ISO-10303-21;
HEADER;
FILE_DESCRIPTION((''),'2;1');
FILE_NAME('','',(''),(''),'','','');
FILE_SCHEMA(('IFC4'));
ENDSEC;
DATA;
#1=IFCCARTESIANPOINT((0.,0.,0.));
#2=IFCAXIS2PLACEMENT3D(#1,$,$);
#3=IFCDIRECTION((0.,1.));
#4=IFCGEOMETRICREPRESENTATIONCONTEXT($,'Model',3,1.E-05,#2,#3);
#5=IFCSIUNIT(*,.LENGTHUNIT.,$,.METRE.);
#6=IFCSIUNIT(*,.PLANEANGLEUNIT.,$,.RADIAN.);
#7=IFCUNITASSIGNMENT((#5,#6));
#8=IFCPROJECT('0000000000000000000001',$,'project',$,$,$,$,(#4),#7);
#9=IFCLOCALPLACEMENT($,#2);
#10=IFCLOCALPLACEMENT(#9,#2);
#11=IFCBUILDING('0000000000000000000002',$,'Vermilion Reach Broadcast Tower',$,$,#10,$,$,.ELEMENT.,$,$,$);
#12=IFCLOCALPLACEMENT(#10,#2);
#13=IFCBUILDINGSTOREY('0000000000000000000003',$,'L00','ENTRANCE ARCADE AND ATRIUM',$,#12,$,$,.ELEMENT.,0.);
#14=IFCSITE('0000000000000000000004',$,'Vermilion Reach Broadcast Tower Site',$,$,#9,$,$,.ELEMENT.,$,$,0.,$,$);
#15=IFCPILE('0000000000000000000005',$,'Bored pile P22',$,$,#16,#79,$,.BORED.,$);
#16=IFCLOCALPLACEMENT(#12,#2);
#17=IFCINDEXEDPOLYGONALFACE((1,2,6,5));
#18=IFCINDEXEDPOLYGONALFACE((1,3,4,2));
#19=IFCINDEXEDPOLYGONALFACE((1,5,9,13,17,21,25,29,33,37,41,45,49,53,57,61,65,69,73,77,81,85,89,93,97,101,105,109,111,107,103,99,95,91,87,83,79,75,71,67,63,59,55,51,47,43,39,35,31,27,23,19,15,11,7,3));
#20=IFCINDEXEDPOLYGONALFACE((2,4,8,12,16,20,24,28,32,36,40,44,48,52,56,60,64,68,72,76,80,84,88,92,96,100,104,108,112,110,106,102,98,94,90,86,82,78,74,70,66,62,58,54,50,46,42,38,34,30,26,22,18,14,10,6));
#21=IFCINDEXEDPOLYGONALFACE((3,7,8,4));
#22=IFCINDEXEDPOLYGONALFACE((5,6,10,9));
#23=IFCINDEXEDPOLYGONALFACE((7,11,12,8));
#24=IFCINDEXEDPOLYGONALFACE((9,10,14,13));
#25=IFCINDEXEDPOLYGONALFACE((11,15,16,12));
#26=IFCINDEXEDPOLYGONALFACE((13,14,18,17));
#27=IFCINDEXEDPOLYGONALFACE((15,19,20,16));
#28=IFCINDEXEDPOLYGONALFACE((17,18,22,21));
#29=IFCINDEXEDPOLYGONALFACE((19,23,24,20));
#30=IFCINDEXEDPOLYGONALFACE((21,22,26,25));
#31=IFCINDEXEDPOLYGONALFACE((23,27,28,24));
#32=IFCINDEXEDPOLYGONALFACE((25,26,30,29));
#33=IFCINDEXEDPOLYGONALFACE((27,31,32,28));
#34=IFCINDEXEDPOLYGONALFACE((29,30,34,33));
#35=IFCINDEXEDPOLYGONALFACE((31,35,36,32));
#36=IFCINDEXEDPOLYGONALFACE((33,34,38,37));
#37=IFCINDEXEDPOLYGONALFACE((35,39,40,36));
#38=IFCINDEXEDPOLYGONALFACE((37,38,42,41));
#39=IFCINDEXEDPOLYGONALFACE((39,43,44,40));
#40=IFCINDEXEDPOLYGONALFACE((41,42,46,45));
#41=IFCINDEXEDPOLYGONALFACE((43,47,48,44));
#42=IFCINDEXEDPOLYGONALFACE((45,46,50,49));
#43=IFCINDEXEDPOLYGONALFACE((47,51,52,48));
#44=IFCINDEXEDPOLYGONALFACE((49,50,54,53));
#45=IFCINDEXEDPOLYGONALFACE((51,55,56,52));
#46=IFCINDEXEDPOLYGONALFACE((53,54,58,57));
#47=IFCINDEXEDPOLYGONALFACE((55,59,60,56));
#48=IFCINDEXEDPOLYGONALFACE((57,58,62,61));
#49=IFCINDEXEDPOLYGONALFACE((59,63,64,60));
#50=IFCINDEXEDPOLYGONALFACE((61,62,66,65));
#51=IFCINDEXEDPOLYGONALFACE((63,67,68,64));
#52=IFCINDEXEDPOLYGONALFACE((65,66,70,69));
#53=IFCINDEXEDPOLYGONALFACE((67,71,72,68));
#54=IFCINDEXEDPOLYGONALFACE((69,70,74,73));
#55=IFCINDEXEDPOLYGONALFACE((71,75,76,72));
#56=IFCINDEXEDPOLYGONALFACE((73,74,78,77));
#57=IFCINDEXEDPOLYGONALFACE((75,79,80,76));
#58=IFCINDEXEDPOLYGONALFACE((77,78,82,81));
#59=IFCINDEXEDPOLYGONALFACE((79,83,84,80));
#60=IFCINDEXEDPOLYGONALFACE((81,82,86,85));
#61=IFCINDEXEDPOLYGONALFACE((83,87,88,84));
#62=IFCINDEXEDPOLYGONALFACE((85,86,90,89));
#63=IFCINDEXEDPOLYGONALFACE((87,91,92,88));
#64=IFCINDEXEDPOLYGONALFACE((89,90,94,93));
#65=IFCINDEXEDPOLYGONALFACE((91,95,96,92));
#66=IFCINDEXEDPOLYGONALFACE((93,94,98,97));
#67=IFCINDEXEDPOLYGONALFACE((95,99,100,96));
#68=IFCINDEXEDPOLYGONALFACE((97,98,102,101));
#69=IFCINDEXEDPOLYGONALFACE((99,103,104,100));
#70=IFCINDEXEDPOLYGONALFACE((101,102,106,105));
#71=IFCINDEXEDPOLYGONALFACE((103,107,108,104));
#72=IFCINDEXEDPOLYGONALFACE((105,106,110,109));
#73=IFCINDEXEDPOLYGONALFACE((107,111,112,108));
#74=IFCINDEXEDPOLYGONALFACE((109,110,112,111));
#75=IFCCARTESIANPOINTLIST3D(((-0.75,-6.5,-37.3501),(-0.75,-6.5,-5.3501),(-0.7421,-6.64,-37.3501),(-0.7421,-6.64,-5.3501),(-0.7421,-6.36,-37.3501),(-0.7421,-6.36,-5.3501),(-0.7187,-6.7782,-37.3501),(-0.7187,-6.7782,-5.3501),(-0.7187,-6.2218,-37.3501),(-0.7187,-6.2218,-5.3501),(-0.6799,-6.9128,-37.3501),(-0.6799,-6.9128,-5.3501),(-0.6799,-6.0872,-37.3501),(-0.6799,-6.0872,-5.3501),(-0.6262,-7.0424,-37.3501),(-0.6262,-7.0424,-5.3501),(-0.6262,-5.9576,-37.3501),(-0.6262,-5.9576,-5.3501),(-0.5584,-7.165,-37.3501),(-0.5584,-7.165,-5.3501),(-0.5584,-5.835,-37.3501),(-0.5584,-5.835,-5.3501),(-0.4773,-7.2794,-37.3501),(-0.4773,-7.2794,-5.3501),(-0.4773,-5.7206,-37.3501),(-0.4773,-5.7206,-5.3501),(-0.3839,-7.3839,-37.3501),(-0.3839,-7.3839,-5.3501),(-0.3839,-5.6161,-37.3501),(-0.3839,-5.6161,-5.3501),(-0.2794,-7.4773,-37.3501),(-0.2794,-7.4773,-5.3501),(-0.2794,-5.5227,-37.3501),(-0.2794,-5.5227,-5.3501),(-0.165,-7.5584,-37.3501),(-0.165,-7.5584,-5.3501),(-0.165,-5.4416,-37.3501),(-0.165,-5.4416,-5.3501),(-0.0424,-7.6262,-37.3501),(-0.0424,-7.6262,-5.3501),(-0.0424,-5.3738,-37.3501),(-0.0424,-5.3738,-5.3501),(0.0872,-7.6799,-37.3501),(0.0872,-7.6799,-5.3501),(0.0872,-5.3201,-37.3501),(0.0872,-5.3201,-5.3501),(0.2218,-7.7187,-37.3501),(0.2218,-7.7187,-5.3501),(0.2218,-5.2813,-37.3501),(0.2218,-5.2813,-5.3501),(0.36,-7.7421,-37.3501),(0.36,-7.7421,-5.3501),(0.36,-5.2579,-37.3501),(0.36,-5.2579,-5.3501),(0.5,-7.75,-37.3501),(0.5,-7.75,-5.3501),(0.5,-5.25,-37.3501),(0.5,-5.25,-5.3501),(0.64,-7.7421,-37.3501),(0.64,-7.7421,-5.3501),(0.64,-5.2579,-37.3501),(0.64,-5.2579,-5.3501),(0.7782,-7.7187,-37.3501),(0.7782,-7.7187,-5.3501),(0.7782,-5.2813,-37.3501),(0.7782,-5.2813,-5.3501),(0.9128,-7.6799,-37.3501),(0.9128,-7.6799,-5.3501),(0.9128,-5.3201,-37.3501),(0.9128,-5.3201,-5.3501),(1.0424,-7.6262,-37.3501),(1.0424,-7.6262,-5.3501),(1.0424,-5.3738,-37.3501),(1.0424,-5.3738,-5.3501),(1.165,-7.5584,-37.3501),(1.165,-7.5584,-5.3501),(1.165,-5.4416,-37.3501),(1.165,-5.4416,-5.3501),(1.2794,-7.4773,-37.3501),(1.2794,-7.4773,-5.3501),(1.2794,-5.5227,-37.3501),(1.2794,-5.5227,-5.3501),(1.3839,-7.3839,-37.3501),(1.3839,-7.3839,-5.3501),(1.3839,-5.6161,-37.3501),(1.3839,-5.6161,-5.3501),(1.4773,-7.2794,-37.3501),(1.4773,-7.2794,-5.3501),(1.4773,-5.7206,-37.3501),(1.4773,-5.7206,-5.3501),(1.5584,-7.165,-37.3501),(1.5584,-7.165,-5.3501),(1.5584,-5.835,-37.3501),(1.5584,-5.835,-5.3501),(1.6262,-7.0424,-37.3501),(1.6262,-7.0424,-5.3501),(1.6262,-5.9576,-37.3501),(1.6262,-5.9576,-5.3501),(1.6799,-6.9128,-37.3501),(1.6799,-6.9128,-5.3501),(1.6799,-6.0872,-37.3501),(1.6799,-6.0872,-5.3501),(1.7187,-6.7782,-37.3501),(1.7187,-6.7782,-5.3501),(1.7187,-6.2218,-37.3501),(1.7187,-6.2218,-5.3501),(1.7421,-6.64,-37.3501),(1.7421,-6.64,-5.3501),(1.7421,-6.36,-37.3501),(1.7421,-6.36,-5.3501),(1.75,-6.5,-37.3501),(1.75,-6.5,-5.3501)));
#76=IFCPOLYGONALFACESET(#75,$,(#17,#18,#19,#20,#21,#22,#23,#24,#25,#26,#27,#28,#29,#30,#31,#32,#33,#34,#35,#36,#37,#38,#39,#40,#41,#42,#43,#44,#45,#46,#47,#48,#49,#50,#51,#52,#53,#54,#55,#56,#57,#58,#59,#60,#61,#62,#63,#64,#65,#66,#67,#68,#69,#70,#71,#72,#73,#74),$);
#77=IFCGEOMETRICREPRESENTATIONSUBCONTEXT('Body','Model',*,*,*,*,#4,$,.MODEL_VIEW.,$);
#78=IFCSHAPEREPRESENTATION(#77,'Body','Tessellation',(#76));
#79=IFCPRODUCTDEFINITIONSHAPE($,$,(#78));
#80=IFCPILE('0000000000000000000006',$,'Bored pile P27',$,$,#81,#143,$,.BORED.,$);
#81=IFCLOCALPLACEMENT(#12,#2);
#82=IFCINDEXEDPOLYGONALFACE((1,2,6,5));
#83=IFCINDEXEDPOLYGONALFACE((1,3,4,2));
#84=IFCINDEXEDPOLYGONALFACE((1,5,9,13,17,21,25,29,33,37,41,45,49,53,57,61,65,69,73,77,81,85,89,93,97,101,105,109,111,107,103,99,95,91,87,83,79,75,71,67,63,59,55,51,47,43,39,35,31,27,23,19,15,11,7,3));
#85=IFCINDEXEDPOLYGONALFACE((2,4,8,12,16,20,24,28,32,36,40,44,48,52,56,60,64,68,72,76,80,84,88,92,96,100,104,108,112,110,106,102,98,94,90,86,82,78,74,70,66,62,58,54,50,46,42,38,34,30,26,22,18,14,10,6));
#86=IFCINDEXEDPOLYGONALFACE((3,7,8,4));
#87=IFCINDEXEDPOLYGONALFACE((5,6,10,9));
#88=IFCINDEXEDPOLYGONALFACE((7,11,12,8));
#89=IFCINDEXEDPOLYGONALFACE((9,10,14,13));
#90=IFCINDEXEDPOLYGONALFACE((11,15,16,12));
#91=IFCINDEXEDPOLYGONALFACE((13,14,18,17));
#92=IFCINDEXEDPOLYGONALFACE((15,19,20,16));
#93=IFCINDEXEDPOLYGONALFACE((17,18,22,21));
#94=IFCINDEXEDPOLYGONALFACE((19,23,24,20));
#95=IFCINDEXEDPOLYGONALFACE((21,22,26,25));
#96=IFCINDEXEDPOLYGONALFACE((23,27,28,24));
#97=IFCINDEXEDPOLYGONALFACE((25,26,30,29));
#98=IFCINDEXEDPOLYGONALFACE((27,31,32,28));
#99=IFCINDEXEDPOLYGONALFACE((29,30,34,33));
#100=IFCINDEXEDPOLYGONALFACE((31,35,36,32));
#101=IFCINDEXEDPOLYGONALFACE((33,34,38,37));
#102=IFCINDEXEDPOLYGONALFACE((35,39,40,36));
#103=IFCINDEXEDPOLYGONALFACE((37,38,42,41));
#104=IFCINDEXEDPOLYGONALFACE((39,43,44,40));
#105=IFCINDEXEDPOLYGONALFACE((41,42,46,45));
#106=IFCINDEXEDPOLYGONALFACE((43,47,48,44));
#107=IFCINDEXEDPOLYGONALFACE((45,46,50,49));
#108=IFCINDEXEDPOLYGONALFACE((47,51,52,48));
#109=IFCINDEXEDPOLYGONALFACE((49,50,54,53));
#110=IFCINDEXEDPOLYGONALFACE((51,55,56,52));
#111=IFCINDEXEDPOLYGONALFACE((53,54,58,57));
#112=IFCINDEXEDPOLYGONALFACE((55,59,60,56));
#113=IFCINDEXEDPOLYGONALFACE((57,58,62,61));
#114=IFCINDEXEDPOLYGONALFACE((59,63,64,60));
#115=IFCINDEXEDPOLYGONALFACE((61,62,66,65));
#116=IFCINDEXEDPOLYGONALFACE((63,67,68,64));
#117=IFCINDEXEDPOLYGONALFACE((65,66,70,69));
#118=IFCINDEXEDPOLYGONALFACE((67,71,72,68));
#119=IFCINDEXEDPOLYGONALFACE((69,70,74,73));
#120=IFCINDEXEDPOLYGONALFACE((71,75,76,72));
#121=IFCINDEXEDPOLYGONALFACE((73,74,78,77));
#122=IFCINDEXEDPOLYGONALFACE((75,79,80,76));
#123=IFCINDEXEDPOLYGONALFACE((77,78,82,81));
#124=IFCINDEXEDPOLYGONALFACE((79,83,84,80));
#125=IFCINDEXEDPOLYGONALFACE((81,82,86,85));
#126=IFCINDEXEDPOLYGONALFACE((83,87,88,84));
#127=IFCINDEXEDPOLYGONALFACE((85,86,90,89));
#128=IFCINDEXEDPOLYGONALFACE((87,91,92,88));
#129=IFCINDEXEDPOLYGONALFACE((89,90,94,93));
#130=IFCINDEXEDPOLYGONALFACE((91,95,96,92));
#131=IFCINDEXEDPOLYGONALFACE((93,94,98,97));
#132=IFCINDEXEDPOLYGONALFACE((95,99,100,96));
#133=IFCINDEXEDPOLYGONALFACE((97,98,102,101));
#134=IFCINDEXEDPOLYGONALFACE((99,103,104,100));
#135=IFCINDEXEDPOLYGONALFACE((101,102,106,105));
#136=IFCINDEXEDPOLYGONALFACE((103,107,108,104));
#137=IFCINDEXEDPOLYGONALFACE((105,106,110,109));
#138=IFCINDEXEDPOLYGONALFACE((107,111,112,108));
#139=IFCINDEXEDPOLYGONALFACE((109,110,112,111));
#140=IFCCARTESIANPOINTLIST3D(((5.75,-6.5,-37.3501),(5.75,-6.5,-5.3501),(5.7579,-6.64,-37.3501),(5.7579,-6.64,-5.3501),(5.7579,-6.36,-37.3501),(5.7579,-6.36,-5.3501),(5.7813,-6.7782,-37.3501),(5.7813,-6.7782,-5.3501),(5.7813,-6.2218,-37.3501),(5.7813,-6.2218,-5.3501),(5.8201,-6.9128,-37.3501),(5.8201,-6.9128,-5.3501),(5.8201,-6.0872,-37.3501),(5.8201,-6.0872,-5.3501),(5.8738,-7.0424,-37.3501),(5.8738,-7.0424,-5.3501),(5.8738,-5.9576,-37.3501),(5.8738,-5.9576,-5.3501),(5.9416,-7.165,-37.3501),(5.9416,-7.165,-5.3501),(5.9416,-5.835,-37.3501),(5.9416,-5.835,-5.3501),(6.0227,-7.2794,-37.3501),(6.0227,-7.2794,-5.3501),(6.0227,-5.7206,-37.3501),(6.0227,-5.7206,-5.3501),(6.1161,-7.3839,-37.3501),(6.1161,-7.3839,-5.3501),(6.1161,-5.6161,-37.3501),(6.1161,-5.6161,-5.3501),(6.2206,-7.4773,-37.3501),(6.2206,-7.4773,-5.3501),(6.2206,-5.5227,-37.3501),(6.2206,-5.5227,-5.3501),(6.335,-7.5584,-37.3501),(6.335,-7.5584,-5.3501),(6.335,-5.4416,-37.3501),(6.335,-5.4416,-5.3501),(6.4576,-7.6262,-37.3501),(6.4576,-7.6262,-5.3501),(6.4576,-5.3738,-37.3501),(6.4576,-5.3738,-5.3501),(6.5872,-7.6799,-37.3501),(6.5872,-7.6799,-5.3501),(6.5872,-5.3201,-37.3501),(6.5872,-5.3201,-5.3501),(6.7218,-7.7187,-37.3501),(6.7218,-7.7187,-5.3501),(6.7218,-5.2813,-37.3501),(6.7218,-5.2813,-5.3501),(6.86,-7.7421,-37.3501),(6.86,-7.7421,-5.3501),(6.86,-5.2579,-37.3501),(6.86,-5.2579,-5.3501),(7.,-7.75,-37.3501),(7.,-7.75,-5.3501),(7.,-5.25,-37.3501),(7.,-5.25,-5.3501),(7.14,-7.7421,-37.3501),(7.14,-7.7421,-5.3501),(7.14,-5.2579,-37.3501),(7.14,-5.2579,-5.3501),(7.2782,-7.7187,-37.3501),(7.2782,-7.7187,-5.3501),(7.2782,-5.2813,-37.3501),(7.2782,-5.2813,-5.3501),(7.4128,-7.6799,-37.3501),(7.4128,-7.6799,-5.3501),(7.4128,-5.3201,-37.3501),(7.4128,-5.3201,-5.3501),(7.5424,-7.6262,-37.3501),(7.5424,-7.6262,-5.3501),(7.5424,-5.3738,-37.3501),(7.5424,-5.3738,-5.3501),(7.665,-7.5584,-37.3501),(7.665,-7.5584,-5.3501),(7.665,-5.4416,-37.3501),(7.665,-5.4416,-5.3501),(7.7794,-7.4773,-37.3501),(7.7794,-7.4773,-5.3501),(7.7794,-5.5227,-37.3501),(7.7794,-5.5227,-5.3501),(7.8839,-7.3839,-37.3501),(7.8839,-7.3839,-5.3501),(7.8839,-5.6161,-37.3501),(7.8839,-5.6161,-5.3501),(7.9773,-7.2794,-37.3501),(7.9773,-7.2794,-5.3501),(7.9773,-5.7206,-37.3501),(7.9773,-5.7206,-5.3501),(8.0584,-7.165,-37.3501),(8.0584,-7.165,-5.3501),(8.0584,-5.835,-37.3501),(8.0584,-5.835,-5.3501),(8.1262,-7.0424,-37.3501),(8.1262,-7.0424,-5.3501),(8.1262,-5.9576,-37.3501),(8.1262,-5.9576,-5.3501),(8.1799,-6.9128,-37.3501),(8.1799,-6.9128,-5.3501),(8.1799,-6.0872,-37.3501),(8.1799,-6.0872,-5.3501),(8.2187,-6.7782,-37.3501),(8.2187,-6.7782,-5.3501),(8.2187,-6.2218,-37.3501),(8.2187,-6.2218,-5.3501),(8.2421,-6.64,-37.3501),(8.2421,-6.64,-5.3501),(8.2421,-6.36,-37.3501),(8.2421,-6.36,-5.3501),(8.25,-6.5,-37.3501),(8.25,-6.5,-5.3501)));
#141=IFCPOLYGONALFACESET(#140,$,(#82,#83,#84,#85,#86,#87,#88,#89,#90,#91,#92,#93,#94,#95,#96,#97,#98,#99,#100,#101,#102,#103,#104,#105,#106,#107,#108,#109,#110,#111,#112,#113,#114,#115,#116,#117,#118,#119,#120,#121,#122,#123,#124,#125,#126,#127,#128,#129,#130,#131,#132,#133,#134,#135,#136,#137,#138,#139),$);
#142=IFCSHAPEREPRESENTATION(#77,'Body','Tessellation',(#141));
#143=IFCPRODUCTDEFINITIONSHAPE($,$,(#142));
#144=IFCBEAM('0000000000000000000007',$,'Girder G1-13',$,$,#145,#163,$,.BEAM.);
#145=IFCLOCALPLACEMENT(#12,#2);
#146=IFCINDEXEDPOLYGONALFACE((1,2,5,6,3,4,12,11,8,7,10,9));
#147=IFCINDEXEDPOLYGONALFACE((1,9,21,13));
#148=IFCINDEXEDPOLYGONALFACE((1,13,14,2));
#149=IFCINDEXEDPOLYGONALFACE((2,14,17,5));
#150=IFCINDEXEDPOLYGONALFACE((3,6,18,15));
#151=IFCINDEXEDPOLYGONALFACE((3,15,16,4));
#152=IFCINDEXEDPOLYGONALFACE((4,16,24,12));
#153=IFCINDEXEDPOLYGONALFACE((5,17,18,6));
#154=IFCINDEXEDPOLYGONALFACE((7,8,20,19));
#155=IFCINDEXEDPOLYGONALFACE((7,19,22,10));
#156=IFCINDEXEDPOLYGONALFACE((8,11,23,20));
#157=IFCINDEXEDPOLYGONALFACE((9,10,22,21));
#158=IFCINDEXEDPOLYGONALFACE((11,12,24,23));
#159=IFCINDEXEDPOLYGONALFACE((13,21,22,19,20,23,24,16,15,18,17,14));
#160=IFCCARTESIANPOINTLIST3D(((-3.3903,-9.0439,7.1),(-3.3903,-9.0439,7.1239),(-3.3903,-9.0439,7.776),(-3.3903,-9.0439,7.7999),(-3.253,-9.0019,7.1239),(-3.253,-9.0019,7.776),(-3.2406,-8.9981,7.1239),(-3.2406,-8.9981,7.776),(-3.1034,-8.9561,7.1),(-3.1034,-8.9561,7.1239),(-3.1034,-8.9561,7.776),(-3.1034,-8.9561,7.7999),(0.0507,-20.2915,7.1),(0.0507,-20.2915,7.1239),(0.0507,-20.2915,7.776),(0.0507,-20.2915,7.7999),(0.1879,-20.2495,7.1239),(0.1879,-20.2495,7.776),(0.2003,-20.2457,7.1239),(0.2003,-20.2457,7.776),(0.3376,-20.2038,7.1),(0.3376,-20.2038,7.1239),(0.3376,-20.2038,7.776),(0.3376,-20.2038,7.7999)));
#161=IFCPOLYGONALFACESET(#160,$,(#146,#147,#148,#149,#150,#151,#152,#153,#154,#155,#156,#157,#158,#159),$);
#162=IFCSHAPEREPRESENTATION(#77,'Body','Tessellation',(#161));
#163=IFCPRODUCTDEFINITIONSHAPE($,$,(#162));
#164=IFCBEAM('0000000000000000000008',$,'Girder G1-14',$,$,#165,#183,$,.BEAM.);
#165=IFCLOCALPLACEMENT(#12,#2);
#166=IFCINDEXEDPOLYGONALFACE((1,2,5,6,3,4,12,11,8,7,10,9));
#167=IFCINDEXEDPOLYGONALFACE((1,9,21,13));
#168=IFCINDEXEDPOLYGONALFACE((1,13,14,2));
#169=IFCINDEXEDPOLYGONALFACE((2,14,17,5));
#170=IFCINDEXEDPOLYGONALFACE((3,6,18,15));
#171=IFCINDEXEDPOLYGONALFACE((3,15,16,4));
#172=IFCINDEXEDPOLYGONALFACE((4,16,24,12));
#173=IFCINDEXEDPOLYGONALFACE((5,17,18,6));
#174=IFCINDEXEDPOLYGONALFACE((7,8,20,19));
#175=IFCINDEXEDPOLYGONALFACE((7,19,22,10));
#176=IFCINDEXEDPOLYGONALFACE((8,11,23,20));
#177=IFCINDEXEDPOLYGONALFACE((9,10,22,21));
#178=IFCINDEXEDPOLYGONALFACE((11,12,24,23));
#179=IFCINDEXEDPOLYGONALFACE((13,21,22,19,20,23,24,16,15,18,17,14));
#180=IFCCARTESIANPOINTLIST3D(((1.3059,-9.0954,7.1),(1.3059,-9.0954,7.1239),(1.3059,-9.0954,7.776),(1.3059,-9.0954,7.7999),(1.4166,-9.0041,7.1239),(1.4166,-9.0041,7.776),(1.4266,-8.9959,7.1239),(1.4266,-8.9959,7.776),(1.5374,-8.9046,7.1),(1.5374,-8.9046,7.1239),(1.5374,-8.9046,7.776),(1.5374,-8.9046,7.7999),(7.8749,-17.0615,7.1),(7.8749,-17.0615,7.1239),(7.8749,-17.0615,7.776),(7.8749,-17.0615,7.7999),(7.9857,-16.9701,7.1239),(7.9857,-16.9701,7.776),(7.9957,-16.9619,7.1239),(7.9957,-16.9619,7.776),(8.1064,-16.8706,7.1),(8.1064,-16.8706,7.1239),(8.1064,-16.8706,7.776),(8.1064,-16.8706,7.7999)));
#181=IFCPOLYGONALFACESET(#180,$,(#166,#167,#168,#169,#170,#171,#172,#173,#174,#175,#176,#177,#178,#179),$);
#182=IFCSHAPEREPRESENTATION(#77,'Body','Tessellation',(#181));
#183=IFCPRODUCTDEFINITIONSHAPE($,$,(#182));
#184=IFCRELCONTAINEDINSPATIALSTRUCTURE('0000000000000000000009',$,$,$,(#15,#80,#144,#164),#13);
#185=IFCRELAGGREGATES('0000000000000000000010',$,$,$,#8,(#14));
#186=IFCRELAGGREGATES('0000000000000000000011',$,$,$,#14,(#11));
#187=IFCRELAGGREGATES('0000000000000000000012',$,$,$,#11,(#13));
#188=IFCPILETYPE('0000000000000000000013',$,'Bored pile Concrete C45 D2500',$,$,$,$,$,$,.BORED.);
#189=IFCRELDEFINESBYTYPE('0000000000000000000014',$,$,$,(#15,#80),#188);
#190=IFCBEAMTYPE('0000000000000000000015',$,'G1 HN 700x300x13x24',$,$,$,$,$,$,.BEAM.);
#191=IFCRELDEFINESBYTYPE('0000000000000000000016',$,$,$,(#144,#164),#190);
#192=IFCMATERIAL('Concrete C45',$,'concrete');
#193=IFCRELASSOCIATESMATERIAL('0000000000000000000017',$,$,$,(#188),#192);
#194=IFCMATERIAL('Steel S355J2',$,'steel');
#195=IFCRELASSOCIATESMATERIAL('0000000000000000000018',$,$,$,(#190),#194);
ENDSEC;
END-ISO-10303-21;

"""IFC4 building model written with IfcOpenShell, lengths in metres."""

from ifc_helpers import new_model, si_unit, direction, frame, origin, origin_2d, place, context, subcontext, project, spatial, circle, i_section, extrude, material, material_profile, profile_set, type_object, element, save


model = new_model("IFC4")

# Units and contexts
model_context = context("Model", 3, precision=1e-05, world=origin(), true_north=direction((0.0, 1.0)))
body_context = subcontext(model_context, "Body", "Model", "MODEL_VIEW")
ifc_project = project(units=[si_unit("LENGTHUNIT", "METRE"), si_unit("PLANEANGLEUNIT", "RADIAN")], contexts=[model_context])

# Site, building, storey
site_placement = place(None, origin())
site = spatial("IfcSite", under=ifc_project, at=site_placement, Name="Vermilion Reach Broadcast Tower Site", CompositionType="ELEMENT", RefElevation=0.0)
building_placement = place(site_placement, origin())
building = spatial("IfcBuilding", under=site, at=building_placement, Name="Vermilion Reach Broadcast Tower", CompositionType="ELEMENT")
storey_placement = place(building_placement, origin())
storey = spatial("IfcBuildingStorey", under=building, at=storey_placement, Name="L00", Description="ENTRANCE ARCADE AND ATRIUM", CompositionType="ELEMENT", Elevation=0.0)

# Piles
ifc_material_1 = material(Name="Concrete C45", Category="concrete")
ifc_material_profile_1 = material_profile(ifc_material_1, circle(Radius=1.25, at=origin_2d()), Name="Concrete C45 D2500")
ifc_profile_set_1 = profile_set([ifc_material_profile_1], Name="Concrete C45")
pile_type = type_object("IfcPileType", Name="Bored pile Concrete C45 D2500", PredefinedType="BORED", material=ifc_profile_set_1)
for number, where, z_axis, x_axis, name in (
    (1, (0.5, -6.5, -5.3501), (0.0, 0.0, -1.0), (1.0, 0.0, 0.0), "Bored pile P22"),
    (2, (7.0, -6.5, -5.3501), (0.0, 0.0, -1.0), (1.0, 0.0, 0.0), "Bored pile P27"),
):
    element("IfcPile", number, at=place(storey_placement, frame(where, z_axis=z_axis, x_axis=x_axis)), inside=storey, type_object=pile_type, Name=name, PredefinedType="BORED", context=body_context, shape_type="SweptSolid", body=[
        extrude(circle(Radius=1.25, at=origin_2d()), origin(), (0.0, 0.0, 1.0), 32.0),
    ])

# Beams
ifc_material_2 = material(Name="Steel S355J2", Category="steel")
ifc_material_profile_2 = material_profile(ifc_material_2, i_section(OverallWidth=0.3, OverallDepth=0.7, WebThickness=0.0129, FlangeThickness=0.0239, at=origin_2d()), Name="S355J2 HN 700x300x13x24")
ifc_profile_set_2 = profile_set([ifc_material_profile_2], Name="Steel S355J2")
beam_type_1 = type_object("IfcBeamType", Name="G1 HN 700x300x13x24", PredefinedType="BEAM", material=ifc_profile_set_2)
beam_1_placement = place(storey_placement, frame((-3.2468, -9.0, 7.45), z_axis=(0.292542, -0.956253, 0.0), x_axis=(0.956253, 0.292542, 0.0)))
element("IfcBeam", 3, at=beam_1_placement, inside=storey, type_object=beam_type_1, Name="Girder G1-13", PredefinedType="BEAM", context=body_context, shape_type="SweptSolid", body=[
    extrude(i_section(OverallWidth=0.3, OverallDepth=0.7, WebThickness=0.0129, FlangeThickness=0.0239, at=origin_2d()), origin(), (0.0, 0.0, 1.0), 11.7622),
])
beam_2_placement = place(storey_placement, frame((1.4216, -9.0, 7.45), z_axis=(0.636215, -0.771512, 0.0), x_axis=(0.771512, 0.636215, 0.0)))
element("IfcBeam", 4, at=beam_2_placement, inside=storey, type_object=beam_type_1, Name="Girder G1-14", PredefinedType="BEAM", context=body_context, shape_type="SweptSolid", body=[
    extrude(i_section(OverallWidth=0.3, OverallDepth=0.7, WebThickness=0.0129, FlangeThickness=0.0239, at=origin_2d()), origin(), (0.0, 0.0, 1.0), 10.3252),
])

save(model, "model.ifc")
